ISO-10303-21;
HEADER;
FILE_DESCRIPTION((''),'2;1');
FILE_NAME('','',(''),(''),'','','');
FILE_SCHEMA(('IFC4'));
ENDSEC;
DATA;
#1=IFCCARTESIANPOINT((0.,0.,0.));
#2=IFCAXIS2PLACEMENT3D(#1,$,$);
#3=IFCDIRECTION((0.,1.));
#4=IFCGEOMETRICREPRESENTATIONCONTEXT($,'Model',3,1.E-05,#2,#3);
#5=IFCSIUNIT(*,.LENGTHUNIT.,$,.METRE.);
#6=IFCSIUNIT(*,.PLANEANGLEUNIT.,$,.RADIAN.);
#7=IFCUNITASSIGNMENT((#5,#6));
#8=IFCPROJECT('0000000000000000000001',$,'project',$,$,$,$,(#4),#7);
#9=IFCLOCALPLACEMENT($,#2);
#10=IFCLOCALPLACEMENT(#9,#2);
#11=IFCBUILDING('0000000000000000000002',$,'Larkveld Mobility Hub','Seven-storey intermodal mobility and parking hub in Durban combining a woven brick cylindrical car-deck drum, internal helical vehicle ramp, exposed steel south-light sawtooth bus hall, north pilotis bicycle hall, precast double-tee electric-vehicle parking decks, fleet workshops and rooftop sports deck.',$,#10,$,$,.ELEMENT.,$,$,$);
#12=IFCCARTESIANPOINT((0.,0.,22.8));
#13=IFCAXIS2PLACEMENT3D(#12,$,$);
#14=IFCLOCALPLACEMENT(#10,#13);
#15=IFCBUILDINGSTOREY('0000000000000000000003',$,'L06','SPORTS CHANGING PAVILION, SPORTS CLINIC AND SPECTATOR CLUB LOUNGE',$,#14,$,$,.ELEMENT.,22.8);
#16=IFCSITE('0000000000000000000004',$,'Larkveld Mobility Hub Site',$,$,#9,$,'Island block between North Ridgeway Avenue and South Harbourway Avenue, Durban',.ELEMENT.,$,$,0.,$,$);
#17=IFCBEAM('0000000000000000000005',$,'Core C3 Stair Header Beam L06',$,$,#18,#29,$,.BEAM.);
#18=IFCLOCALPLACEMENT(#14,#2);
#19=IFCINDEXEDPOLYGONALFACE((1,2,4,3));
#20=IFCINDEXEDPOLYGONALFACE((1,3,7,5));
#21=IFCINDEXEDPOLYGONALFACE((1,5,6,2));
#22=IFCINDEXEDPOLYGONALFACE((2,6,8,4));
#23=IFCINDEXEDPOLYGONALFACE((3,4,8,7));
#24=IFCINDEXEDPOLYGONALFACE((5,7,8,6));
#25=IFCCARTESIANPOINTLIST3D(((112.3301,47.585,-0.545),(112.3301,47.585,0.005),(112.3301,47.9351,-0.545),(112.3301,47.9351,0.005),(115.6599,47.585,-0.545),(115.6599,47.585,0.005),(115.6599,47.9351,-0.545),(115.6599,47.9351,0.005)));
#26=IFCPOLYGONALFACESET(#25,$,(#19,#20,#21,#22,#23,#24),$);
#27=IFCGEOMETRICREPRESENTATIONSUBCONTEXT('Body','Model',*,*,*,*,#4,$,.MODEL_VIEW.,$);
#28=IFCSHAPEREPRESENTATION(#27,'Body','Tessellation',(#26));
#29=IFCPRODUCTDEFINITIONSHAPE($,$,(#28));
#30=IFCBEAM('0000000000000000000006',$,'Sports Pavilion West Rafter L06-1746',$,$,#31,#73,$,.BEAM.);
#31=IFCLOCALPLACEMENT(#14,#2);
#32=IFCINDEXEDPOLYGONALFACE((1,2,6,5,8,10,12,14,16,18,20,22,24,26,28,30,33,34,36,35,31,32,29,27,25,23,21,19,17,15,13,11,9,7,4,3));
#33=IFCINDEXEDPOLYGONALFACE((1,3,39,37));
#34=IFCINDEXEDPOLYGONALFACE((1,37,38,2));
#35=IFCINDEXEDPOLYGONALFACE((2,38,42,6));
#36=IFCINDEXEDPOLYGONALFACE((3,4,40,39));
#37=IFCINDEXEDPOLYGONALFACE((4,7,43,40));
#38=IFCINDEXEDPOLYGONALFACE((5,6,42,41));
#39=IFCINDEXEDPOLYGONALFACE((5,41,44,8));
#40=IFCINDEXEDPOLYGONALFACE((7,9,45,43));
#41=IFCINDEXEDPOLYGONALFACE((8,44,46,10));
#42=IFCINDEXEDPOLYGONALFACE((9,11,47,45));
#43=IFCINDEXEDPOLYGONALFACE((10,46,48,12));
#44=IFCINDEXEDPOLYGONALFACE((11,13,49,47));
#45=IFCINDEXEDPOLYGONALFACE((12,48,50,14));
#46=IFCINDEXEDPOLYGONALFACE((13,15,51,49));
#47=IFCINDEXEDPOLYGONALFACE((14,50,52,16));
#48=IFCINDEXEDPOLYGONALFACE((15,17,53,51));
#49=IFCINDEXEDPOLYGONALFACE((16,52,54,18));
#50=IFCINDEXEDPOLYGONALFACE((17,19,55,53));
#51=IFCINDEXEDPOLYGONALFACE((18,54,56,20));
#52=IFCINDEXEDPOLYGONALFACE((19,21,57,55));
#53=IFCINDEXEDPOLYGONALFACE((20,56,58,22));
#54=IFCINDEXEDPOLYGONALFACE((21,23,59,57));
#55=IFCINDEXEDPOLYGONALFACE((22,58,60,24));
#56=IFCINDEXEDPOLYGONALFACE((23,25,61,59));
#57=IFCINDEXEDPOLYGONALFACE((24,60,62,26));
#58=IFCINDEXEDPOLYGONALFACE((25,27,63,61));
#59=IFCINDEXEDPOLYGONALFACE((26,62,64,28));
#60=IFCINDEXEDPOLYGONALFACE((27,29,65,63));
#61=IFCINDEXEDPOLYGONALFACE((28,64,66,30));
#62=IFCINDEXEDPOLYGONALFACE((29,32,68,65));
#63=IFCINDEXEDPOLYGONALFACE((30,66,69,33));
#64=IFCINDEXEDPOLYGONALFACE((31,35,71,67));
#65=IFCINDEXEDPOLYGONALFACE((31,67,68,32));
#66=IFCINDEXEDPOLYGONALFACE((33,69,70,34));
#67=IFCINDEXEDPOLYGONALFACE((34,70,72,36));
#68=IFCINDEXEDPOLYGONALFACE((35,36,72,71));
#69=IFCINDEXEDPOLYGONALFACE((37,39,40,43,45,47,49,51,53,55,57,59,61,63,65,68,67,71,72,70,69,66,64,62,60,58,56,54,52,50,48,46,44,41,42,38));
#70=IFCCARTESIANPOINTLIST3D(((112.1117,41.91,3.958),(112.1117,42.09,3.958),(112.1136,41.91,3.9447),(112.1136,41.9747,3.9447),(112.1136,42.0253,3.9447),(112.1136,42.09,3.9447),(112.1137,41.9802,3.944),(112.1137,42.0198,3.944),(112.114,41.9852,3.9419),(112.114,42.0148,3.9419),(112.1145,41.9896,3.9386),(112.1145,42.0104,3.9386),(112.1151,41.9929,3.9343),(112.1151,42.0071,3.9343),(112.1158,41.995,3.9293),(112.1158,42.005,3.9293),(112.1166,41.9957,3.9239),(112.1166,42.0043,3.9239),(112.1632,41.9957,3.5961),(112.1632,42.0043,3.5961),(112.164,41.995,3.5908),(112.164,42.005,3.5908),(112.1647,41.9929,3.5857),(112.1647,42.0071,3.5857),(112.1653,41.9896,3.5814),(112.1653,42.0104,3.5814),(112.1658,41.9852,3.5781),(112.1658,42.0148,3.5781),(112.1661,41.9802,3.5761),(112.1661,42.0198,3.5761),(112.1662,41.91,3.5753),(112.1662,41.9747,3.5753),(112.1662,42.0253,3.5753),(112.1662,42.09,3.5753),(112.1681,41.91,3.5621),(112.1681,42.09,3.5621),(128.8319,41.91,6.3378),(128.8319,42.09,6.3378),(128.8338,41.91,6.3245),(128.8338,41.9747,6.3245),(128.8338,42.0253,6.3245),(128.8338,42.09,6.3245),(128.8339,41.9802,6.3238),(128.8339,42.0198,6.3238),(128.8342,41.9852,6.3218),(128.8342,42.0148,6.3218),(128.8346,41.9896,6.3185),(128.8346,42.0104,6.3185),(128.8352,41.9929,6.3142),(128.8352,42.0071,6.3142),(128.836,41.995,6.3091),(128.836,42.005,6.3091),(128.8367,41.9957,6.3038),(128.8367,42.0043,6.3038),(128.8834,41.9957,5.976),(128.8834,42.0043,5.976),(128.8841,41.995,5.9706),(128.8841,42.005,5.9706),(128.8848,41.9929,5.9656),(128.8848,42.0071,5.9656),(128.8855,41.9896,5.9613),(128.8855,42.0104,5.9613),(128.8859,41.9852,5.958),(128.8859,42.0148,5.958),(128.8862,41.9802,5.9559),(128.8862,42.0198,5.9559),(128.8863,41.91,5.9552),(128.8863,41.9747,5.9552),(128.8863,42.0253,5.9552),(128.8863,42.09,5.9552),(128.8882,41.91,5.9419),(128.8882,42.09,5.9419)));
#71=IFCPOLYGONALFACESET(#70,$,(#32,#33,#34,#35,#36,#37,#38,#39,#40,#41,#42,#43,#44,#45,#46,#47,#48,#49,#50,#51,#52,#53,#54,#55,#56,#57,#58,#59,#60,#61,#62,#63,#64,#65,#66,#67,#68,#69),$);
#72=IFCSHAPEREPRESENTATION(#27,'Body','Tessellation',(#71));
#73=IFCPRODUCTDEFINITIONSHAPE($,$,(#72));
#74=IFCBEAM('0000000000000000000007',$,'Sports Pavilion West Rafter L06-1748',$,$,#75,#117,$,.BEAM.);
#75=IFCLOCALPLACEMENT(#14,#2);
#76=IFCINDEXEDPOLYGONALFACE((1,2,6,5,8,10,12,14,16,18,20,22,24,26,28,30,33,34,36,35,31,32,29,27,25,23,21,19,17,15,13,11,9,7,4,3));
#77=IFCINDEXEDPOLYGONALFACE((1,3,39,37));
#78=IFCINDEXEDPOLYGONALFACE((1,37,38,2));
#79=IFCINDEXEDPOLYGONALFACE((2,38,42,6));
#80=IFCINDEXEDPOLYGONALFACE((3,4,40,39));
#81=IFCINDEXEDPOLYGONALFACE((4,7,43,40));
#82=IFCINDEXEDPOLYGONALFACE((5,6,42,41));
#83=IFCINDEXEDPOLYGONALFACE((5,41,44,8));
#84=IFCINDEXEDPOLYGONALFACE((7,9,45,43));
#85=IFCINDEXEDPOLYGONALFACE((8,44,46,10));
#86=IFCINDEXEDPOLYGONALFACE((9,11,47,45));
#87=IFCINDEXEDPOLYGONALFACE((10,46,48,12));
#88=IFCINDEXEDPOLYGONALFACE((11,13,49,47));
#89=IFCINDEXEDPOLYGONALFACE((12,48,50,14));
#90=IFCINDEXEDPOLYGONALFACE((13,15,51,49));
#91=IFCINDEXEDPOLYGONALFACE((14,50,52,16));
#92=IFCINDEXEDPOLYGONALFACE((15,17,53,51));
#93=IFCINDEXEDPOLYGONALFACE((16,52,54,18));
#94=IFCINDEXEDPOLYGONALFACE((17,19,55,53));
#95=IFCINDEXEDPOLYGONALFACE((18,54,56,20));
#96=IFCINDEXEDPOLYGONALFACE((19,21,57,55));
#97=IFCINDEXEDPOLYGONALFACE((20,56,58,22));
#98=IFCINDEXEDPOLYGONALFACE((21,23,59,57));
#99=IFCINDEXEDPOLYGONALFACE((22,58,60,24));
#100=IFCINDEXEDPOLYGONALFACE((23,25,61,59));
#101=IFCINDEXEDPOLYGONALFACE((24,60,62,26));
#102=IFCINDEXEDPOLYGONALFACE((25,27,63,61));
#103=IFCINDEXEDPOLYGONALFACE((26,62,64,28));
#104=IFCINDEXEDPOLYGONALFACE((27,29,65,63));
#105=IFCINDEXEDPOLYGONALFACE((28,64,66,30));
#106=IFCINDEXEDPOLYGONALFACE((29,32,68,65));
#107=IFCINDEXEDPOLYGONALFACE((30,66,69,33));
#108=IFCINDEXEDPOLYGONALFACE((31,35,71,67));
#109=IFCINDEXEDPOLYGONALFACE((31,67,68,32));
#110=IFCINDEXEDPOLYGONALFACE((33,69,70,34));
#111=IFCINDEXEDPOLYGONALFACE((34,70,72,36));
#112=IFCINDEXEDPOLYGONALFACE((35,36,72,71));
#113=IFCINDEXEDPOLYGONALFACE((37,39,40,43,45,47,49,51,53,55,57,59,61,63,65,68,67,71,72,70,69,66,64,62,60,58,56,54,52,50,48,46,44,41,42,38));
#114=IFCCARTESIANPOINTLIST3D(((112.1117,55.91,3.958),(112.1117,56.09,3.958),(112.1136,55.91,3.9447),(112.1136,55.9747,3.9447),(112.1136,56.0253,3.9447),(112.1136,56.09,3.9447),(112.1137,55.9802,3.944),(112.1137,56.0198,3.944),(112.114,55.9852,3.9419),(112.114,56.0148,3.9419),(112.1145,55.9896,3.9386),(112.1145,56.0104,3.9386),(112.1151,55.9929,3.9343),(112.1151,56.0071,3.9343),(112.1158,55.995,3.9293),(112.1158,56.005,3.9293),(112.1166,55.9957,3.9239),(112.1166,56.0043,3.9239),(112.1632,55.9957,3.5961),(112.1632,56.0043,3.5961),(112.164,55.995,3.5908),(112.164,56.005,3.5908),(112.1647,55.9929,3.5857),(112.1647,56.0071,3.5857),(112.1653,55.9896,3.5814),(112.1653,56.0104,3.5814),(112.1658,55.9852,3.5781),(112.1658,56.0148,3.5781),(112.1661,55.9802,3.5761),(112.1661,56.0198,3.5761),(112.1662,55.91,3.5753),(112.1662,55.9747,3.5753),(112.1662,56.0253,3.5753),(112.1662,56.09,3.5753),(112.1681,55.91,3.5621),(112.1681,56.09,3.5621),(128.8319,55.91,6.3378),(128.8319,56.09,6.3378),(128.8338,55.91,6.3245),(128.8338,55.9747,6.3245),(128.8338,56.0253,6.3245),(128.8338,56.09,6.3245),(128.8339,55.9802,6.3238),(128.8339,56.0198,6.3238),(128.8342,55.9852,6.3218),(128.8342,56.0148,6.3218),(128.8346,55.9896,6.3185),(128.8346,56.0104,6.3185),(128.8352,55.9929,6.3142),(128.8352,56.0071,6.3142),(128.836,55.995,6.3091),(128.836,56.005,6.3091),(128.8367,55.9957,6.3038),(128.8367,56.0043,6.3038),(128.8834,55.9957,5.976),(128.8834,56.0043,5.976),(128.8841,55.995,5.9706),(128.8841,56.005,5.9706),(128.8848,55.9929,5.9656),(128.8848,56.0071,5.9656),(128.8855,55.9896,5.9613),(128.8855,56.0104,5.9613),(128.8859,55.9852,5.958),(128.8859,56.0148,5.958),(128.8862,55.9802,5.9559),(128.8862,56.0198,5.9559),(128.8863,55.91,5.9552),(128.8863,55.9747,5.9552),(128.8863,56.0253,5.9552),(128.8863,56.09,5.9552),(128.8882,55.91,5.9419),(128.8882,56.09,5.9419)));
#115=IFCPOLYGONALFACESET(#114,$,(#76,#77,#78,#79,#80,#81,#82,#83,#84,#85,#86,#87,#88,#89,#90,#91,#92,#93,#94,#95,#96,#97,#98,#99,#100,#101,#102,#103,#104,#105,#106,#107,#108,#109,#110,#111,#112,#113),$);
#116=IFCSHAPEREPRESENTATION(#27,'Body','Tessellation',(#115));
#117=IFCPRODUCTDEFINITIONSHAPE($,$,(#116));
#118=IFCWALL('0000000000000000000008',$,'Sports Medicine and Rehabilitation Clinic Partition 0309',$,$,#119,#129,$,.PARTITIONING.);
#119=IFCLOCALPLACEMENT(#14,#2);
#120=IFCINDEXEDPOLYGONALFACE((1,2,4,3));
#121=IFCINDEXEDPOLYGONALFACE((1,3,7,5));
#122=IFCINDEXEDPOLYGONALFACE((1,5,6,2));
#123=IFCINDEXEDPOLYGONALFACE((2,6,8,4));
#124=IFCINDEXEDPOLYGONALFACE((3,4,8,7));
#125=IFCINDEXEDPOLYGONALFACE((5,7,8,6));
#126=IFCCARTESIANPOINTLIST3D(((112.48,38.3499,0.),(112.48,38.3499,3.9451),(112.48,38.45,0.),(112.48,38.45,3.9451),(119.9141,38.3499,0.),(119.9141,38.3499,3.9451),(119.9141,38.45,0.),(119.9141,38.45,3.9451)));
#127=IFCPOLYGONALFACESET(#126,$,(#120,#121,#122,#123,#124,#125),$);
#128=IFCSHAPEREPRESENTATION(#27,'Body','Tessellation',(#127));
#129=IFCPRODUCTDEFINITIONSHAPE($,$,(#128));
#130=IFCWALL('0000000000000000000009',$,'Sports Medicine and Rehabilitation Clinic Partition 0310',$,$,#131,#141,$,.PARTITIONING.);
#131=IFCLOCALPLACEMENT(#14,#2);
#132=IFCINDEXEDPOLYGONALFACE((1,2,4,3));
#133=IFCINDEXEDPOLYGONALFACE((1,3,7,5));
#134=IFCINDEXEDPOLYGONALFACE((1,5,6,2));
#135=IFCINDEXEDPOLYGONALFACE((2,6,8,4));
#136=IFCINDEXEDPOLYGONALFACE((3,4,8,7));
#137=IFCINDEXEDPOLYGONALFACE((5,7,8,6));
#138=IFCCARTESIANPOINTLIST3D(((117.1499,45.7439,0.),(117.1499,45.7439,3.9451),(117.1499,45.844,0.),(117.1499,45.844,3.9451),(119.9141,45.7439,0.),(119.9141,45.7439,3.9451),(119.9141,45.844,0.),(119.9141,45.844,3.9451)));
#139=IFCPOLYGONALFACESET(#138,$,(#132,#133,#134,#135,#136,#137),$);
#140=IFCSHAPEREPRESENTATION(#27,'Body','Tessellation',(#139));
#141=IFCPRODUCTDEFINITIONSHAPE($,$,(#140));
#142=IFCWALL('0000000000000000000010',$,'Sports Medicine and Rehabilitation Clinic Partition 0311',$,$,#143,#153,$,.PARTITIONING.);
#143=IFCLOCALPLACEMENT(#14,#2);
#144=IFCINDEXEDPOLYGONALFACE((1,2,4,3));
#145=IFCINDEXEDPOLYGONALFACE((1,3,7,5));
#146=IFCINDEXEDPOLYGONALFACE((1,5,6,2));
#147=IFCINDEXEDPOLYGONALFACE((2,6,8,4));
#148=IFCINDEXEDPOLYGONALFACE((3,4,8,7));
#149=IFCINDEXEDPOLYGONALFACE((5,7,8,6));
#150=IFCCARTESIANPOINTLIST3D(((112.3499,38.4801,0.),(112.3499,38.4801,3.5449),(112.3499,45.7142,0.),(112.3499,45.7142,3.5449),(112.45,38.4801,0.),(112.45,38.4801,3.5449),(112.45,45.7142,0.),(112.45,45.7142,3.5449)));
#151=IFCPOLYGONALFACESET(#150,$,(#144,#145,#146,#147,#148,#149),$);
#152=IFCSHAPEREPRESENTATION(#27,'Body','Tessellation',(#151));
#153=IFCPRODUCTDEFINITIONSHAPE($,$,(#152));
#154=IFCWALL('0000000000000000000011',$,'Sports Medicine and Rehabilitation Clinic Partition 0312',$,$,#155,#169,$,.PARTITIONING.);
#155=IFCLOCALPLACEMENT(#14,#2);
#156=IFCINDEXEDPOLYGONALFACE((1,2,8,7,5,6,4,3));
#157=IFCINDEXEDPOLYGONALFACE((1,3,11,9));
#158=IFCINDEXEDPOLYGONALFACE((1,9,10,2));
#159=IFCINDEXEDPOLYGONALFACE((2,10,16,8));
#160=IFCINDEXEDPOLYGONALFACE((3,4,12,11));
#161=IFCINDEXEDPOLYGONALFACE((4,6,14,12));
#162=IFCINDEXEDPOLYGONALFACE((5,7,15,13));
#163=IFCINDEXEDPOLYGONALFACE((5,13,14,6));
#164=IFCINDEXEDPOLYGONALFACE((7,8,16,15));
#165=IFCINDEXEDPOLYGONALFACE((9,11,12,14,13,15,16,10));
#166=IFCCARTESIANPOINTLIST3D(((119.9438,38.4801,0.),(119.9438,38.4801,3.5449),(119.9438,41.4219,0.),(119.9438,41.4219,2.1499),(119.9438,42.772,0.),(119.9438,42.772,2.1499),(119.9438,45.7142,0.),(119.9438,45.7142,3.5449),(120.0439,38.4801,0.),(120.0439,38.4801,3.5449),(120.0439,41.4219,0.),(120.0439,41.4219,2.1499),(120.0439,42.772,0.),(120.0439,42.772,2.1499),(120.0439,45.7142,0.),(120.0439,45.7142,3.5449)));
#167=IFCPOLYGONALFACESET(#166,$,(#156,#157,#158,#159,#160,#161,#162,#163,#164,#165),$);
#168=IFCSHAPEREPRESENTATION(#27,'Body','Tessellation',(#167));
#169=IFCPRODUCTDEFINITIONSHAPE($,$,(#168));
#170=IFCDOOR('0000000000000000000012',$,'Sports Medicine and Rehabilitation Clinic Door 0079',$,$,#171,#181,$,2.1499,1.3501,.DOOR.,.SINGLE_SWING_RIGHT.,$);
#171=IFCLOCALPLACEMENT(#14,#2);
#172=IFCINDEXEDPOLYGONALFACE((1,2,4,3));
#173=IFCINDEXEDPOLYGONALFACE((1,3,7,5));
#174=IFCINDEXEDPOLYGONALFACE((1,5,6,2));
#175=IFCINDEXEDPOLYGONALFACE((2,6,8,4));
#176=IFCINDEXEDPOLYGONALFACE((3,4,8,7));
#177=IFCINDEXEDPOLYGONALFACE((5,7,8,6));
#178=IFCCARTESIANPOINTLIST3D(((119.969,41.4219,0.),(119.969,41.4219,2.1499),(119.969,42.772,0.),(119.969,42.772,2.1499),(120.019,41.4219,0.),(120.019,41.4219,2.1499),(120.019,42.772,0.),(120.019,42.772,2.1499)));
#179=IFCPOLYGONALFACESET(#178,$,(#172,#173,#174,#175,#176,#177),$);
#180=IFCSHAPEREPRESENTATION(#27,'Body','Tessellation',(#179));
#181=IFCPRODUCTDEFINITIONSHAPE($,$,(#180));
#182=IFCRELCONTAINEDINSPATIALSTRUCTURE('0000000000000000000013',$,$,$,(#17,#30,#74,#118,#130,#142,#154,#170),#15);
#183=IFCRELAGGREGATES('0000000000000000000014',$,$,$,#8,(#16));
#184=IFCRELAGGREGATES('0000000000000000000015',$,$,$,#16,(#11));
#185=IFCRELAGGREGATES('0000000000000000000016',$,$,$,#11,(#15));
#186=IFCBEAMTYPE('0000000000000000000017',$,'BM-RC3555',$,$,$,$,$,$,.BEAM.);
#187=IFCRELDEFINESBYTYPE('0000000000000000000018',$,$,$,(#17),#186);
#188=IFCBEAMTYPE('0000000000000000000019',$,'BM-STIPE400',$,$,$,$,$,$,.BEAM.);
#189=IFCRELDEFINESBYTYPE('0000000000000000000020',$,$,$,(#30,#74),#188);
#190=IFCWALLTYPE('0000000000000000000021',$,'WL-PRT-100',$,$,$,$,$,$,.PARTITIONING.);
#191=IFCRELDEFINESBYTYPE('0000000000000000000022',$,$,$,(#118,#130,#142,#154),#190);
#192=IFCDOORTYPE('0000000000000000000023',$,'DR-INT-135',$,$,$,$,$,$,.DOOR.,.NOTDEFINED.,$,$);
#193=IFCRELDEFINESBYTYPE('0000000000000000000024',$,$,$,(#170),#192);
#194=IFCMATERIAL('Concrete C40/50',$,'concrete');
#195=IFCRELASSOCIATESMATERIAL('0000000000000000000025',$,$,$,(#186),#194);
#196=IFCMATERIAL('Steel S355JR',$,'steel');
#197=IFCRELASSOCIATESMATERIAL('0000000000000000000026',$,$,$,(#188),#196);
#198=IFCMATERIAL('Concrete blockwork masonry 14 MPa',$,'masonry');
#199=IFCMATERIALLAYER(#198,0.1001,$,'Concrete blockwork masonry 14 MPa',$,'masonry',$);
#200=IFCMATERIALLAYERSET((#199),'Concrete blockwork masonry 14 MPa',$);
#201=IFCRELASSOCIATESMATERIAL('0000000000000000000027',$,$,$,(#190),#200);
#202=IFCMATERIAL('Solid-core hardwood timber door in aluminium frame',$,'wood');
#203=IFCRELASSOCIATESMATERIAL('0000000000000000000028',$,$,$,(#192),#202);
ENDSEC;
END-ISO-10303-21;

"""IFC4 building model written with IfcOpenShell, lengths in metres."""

from ifc_helpers import new_model, si_unit, direction, frame, frame_2d, origin, origin_2d, place, context, subcontext, project, spatial, rectangle, i_section, extrude, material, layer, layer_set, material_profile, profile_set, type_object, element, fill, save


model = new_model("IFC4")

# Units and contexts
model_context = context("Model", 3, precision=1e-05, world=origin(), true_north=direction((0.0, 1.0)))
body_context = subcontext(model_context, "Body", "Model", "MODEL_VIEW")
ifc_project = project(units=[si_unit("LENGTHUNIT", "METRE"), si_unit("PLANEANGLEUNIT", "RADIAN")], contexts=[model_context])

# Site, building, storey
site_placement = place(None, origin())
site = spatial("IfcSite", under=ifc_project, at=site_placement, Name="Larkveld Mobility Hub Site", LongName="Island block between North Ridgeway Avenue and South Harbourway Avenue, Durban", CompositionType="ELEMENT", RefElevation=0.0)
building_placement = place(site_placement, origin())
building = spatial("IfcBuilding", under=site, at=building_placement, Name="Larkveld Mobility Hub", Description="Seven-storey intermodal mobility and parking hub in Durban combining a woven brick cylindrical car-deck drum, internal helical vehicle ramp, exposed steel south-light sawtooth bus hall, north pilotis bicycle hall, precast double-tee electric-vehicle parking decks, fleet workshops and rooftop sports deck.", CompositionType="ELEMENT")
storey_placement = place(building_placement, frame((0.0, 0.0, 22.8)))
storey = spatial("IfcBuildingStorey", under=building, at=storey_placement, Name="L06", Description="SPORTS CHANGING PAVILION, SPORTS CLINIC AND SPECTATOR CLUB LOUNGE", CompositionType="ELEMENT", Elevation=22.8)

# Beams
ifc_material_1 = material(Name="Concrete C40/50", Category="concrete")
ifc_material_profile_1 = material_profile(ifc_material_1, rectangle(XDim=0.3501, YDim=0.55, at=origin_2d()), Name="RC BM 350x550")
ifc_profile_set_1 = profile_set([ifc_material_profile_1], Name="Concrete C40/50")
beam_type_1 = type_object("IfcBeamType", Name="BM-RC3555", PredefinedType="BEAM", material=ifc_profile_set_1)
beam_placement = place(storey_placement, frame((112.3301, 47.76, -0.27), z_axis=(1.0, 0.0, 0.0), x_axis=(0.0, 1.0, 0.0)))
element("IfcBeam", 1, at=beam_placement, inside=storey, type_object=beam_type_1, Name="Core C3 Stair Header Beam L06", PredefinedType="BEAM", context=body_context, shape_type="SweptSolid", body=[
    extrude(rectangle(XDim=0.3501, YDim=0.55, at=origin_2d()), origin(), (0.0, 0.0, 1.0), 3.3298),
])
ifc_material_2 = material(Name="Steel S355JR", Category="steel")
ifc_material_profile_2 = material_profile(ifc_material_2, i_section(OverallWidth=0.1799, OverallDepth=0.3999, WebThickness=0.0085, FlangeThickness=0.0134, FilletRadius=0.021, at=origin_2d()), Name="IPE 400")
ifc_profile_set_2 = profile_set([ifc_material_profile_2], Name="Steel S355JR")
beam_type_2 = type_object("IfcBeamType", Name="BM-STIPE400", PredefinedType="BEAM", material=ifc_profile_set_2)
for number, where, z_axis, x_axis, name in (
    (2, (112.1399, 42.0, 3.76), (0.990022, 0.0, 0.140915), (0.0, 1.0, 0.0), "Sports Pavilion West Rafter L06-1746"),
    (3, (112.1399, 56.0, 3.76), (0.990022, 0.0, 0.140915), (0.0, 1.0, 0.0), "Sports Pavilion West Rafter L06-1748"),
):
    element("IfcBeam", number, at=place(storey_placement, frame(where, z_axis=z_axis, x_axis=x_axis)), inside=storey, type_object=beam_type_2, Name=name, PredefinedType="BEAM", context=body_context, shape_type="SweptSolid", body=[
        extrude(i_section(OverallWidth=0.1799, OverallDepth=0.3999, WebThickness=0.0085, FlangeThickness=0.0134, FilletRadius=0.021, at=origin_2d()), origin(), (0.0, 0.0, 1.0), 16.8887),
    ])

# Walls
ifc_material_3 = material(Name="Concrete blockwork masonry 14 MPa", Category="masonry")
ifc_layer_1 = layer(ifc_material_3, 0.1001, Name="Concrete blockwork masonry 14 MPa", Category="masonry")
ifc_layer_set_1 = layer_set([ifc_layer_1], Name="Concrete blockwork masonry 14 MPa")
wall_type_1 = type_object("IfcWallType", Name="WL-PRT-100", PredefinedType="PARTITIONING", material=ifc_layer_set_1)
wall_1_placement = place(storey_placement, frame((112.48, 38.3999, 0.0), z_axis=(0.0, 0.0, 1.0), x_axis=(1.0, 0.0, 0.0)))
element("IfcWall", 4, at=wall_1_placement, inside=storey, type_object=wall_type_1, Name="Sports Medicine and Rehabilitation Clinic Partition 0309", PredefinedType="PARTITIONING", context=body_context, shape_type="SweptSolid", body=[
    extrude(rectangle(XDim=7.4341, YDim=0.1001, at=frame_2d((3.717, 0.0))), origin(), (0.0, 0.0, 1.0), 3.9451),
])
wall_2_placement = place(storey_placement, frame((117.1499, 45.7939, 0.0), z_axis=(0.0, 0.0, 1.0), x_axis=(1.0, 0.0, 0.0)))
element("IfcWall", 5, at=wall_2_placement, inside=storey, type_object=wall_type_1, Name="Sports Medicine and Rehabilitation Clinic Partition 0310", PredefinedType="PARTITIONING", context=body_context, shape_type="SweptSolid", body=[
    extrude(rectangle(XDim=2.7642, YDim=0.1001, at=frame_2d((1.3821, 0.0))), origin(), (0.0, 0.0, 1.0), 3.9451),
])
wall_3_placement = place(storey_placement, frame((112.3999, 38.48, 0.0), z_axis=(0.0, 0.0, 1.0), x_axis=(0.0, 1.0, 0.0)))
element("IfcWall", 6, at=wall_3_placement, inside=storey, type_object=wall_type_1, Name="Sports Medicine and Rehabilitation Clinic Partition 0311", PredefinedType="PARTITIONING", context=body_context, shape_type="SweptSolid", body=[
    extrude(rectangle(XDim=7.2341, YDim=0.1001, at=frame_2d((3.6172, 0.0))), origin(), (0.0, 0.0, 1.0), 3.5449),
])

# Wall, opening, door
wall_4_placement = place(storey_placement, frame((119.9939, 38.48, 0.0), z_axis=(0.0, 0.0, 1.0), x_axis=(0.0, 1.0, 0.0)))
wall_4 = element("IfcWall", 7, at=wall_4_placement, inside=storey, type_object=wall_type_1, Name="Sports Medicine and Rehabilitation Clinic Partition 0312", PredefinedType="PARTITIONING", context=body_context, shape_type="SweptSolid", body=[
    extrude(rectangle(XDim=7.2341, YDim=0.1001, at=frame_2d((3.6172, 0.0))), origin(), (0.0, 0.0, 1.0), 3.5449),
])
opening_1_placement = place(wall_4_placement, frame((2.9419, 0.0, 0.0)))
opening_1 = element("IfcOpeningElement", 8, at=opening_1_placement, cuts=wall_4, PredefinedType="OPENING", context=body_context, shape_type="SweptSolid", body=[
    extrude(rectangle(XDim=1.3501, YDim=2.1499, at=frame_2d((0.675, 1.075))), frame((0.0, 0.0601, 0.0), z_axis=(0.0, -1.0, 0.0), x_axis=(1.0, 0.0, 0.0)), (0.0, 0.0, 1.0), 0.1201),
])
ifc_material_4 = material(Name="Solid-core hardwood timber door in aluminium frame", Category="wood")
door_type_1 = type_object("IfcDoorType", Name="DR-INT-135", OperationType="NOTDEFINED", PredefinedType="DOOR", material=ifc_material_4)
door_1_placement = place(opening_1_placement, origin())
door_1 = element("IfcDoor", 9, at=door_1_placement, inside=storey, type_object=door_type_1, Name="Sports Medicine and Rehabilitation Clinic Door 0079", OperationType="SINGLE_SWING_RIGHT", OverallHeight=2.1499, OverallWidth=1.3501, PredefinedType="DOOR", context=body_context, shape_type="SweptSolid", body=[
    extrude(rectangle(XDim=1.3501, YDim=2.1499, at=frame_2d((0.675, 1.075))), frame((0.0, 0.0249, 0.0), z_axis=(0.0, -1.0, 0.0), x_axis=(1.0, 0.0, 0.0)), (0.0, 0.0, 1.0), 0.05),
])
fill(opening_1, door_1)

save(model, "model.ifc")
